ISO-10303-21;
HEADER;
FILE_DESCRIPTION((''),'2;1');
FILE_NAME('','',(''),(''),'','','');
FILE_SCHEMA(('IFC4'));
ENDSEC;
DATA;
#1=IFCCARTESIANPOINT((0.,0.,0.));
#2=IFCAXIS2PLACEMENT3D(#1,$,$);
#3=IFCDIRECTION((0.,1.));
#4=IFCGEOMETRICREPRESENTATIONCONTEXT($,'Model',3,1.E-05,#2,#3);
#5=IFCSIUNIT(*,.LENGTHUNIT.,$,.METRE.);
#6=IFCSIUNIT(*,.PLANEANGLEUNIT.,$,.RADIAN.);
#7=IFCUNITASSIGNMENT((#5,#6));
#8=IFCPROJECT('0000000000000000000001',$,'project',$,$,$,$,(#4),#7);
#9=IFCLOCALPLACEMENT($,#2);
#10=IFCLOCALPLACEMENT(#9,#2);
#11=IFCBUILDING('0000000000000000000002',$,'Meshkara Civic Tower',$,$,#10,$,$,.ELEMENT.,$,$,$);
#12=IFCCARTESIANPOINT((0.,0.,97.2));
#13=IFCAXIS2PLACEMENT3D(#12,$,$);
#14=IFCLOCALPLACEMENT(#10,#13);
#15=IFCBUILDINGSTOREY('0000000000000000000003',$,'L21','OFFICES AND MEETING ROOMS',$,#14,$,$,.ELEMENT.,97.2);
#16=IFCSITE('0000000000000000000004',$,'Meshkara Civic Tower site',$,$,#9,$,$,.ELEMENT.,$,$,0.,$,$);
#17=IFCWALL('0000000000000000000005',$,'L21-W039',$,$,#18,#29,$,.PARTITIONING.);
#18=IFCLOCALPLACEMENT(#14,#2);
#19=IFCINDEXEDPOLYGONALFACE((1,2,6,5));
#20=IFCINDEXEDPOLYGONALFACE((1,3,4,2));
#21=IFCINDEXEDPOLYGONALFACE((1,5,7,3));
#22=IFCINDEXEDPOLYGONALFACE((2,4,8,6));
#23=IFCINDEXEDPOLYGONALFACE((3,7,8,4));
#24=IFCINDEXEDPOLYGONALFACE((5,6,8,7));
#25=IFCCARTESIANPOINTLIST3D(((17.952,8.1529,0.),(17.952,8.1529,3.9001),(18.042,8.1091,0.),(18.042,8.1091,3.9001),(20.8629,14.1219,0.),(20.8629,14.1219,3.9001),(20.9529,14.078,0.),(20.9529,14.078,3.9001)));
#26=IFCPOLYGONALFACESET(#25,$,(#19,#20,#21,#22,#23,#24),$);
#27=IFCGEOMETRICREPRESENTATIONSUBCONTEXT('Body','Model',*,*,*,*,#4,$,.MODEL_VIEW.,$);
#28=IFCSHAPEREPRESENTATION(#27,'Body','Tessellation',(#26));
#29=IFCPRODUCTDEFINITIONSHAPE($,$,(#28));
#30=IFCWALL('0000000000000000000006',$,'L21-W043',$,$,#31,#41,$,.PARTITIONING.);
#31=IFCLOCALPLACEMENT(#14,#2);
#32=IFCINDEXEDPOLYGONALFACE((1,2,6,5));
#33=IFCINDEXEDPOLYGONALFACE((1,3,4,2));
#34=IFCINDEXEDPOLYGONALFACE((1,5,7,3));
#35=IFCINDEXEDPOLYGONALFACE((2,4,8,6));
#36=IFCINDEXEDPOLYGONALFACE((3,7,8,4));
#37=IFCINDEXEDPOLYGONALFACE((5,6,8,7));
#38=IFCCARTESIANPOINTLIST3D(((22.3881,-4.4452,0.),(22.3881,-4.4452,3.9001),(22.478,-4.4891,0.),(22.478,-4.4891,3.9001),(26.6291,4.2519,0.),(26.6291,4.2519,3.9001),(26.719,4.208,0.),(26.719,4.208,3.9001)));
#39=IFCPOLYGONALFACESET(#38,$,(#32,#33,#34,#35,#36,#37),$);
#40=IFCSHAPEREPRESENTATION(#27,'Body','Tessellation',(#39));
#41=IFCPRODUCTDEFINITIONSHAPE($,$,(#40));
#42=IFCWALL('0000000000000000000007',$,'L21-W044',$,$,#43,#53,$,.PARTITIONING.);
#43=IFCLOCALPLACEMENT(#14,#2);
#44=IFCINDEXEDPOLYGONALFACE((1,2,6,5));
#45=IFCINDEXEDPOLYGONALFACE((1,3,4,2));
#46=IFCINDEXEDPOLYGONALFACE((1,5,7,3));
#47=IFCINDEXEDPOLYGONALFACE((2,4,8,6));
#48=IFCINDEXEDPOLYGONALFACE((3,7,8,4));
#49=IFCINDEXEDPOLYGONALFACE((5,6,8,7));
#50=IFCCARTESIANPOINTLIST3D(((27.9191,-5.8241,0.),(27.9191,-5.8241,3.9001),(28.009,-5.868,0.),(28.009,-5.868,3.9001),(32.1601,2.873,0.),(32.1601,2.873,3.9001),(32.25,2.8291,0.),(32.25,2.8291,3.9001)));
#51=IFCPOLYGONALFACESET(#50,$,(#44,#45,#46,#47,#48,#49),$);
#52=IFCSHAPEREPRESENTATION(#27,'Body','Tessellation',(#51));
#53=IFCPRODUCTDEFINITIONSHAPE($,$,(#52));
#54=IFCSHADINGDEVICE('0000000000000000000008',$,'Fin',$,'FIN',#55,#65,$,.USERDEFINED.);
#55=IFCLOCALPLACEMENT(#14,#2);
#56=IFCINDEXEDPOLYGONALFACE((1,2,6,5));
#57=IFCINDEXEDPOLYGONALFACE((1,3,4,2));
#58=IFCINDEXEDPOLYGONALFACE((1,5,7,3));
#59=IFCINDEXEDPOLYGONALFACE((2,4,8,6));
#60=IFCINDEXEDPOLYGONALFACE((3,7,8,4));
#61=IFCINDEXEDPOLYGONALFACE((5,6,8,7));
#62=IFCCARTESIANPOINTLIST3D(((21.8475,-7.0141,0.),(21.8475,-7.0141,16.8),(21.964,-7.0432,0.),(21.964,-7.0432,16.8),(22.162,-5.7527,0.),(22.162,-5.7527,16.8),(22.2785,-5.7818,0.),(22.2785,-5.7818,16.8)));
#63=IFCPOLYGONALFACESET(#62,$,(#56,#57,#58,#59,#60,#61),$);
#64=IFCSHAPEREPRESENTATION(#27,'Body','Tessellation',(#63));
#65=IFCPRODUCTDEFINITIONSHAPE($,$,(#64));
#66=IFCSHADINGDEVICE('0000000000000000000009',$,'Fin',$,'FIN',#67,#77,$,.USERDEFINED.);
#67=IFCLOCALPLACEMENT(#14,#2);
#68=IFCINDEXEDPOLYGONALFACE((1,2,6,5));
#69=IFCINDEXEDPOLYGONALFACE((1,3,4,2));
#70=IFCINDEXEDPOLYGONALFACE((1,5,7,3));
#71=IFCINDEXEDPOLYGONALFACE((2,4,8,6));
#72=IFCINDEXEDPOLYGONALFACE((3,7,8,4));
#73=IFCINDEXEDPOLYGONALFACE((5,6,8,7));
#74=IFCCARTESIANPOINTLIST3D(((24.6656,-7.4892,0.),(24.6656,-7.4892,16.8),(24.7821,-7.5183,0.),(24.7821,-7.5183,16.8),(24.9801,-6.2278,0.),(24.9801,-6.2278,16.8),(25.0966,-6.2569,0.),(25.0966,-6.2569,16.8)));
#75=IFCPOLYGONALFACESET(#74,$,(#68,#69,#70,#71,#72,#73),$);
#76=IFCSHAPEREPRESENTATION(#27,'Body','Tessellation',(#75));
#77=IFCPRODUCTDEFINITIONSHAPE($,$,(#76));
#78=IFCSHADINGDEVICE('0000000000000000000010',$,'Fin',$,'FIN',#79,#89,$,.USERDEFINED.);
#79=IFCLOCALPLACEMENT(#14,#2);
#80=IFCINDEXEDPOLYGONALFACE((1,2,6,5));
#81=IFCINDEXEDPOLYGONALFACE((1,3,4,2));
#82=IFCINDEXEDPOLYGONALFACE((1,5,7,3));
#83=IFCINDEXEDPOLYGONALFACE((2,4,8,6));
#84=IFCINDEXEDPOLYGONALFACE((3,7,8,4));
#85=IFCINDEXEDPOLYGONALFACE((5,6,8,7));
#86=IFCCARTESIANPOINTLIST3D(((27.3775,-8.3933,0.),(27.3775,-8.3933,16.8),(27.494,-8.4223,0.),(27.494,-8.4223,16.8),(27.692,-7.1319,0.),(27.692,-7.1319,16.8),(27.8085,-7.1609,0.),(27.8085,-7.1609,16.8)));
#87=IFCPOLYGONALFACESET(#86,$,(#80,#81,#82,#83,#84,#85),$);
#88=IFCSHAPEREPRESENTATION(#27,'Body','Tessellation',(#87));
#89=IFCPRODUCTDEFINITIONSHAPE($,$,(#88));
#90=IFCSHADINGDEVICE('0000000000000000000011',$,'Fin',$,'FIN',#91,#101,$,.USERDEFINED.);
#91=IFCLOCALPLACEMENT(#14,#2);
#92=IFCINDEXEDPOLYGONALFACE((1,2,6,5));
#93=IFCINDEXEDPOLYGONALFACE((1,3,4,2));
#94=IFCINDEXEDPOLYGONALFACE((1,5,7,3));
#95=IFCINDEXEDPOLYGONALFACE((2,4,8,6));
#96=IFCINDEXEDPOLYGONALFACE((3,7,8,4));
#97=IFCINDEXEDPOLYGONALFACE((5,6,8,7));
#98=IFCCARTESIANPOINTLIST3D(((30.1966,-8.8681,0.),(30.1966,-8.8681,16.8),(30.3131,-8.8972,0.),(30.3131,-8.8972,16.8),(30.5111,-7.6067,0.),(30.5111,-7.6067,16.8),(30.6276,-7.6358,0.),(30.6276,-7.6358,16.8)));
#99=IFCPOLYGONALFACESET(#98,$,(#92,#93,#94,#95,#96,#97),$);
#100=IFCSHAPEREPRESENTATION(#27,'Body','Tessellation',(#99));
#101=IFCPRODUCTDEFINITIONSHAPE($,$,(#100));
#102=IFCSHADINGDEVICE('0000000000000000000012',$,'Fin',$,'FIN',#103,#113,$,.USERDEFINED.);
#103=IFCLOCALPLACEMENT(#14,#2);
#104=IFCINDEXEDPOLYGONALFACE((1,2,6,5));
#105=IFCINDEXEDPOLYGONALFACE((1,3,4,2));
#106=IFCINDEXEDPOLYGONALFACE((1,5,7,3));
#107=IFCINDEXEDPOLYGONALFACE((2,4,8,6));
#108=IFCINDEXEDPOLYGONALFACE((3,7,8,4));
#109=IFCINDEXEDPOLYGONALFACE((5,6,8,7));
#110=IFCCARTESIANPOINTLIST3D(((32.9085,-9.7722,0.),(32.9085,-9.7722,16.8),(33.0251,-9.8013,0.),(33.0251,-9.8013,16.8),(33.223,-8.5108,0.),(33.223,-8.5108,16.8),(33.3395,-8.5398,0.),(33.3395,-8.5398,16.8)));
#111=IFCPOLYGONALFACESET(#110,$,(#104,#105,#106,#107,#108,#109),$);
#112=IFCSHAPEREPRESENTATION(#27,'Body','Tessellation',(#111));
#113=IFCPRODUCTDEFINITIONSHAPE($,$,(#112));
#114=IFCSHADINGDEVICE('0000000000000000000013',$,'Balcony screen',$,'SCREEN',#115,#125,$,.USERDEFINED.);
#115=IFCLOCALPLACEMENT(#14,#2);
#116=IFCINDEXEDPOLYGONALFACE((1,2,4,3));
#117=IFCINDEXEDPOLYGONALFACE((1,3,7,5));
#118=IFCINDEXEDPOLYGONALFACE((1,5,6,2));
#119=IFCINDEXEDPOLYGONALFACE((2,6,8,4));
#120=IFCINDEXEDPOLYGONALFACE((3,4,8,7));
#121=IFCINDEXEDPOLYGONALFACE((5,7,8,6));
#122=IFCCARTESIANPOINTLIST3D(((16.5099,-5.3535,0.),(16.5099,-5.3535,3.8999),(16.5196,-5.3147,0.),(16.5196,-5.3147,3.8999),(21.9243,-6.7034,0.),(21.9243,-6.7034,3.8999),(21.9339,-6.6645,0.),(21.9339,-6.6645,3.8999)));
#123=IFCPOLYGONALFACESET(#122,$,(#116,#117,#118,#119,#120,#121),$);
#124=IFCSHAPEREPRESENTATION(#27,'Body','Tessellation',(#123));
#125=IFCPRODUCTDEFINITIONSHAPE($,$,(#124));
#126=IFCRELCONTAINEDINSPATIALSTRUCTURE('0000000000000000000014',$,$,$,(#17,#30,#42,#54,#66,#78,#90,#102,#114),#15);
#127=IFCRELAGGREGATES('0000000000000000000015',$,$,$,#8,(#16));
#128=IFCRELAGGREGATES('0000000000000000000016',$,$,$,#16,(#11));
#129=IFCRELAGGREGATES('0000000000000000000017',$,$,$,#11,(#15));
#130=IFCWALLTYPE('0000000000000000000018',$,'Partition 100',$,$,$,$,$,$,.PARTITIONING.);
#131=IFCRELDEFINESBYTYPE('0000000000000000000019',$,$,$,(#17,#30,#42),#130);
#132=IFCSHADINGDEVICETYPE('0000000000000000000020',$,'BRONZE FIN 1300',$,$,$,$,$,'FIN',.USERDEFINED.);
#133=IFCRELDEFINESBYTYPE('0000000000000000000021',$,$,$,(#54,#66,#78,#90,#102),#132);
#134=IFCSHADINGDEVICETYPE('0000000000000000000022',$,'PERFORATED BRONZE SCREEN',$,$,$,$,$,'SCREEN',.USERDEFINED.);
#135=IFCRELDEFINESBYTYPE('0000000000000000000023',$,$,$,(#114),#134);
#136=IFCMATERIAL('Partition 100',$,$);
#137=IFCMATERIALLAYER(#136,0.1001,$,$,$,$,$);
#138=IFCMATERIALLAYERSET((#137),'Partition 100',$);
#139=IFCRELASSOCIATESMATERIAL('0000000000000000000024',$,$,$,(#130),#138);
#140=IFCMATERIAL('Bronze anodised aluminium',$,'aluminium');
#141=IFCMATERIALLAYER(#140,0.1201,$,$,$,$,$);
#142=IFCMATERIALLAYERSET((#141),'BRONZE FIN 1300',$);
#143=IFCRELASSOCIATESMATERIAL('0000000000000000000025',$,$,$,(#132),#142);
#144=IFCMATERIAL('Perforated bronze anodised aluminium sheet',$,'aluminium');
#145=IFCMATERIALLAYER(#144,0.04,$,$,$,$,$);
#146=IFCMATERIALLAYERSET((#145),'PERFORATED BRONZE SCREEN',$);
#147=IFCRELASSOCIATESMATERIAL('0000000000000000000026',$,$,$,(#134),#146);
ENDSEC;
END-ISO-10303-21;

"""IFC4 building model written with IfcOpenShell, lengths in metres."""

from ifc_helpers import new_model, si_unit, direction, frame, frame_2d, origin, origin_2d, place, context, subcontext, project, spatial, rectangle, extrude, material, layer, layer_set, type_object, element, save


model = new_model("IFC4")

# Units and contexts
model_context = context("Model", 3, precision=1e-05, world=origin(), true_north=direction((0.0, 1.0)))
body_context = subcontext(model_context, "Body", "Model", "MODEL_VIEW")
ifc_project = project(units=[si_unit("LENGTHUNIT", "METRE"), si_unit("PLANEANGLEUNIT", "RADIAN")], contexts=[model_context])

# Site, building, storey
site_placement = place(None, origin())
site = spatial("IfcSite", under=ifc_project, at=site_placement, Name="Meshkara Civic Tower site", CompositionType="ELEMENT", RefElevation=0.0)
building_placement = place(site_placement, origin())
building = spatial("IfcBuilding", under=site, at=building_placement, Name="Meshkara Civic Tower", CompositionType="ELEMENT")
storey_placement = place(building_placement, frame((0.0, 0.0, 97.2)))
storey = spatial("IfcBuildingStorey", under=building, at=storey_placement, Name="L21", Description="OFFICES AND MEETING ROOMS", CompositionType="ELEMENT", Elevation=97.2)

# Walls
ifc_material_1 = material(Name="Partition 100")
ifc_layer_1 = layer(ifc_material_1, 0.1001)
ifc_layer_set_1 = layer_set([ifc_layer_1], Name="Partition 100")
wall_type_1 = type_object("IfcWallType", Name="Partition 100", PredefinedType="PARTITIONING", material=ifc_layer_set_1)
wall_1_placement = place(storey_placement, frame((17.9971, 8.1311, 0.0), z_axis=(0.0, 0.0, 1.0), x_axis=(0.438324, 0.898817, 0.0)))
element("IfcWall", 1, at=wall_1_placement, inside=storey, type_object=wall_type_1, Name="L21-W039", PredefinedType="PARTITIONING", context=body_context, shape_type="SweptSolid", body=[
    extrude(rectangle(XDim=6.6409, YDim=0.1001, at=frame_2d((3.3203, 0.0))), origin(), (0.0, 0.0, 1.0), 3.9001),
])
for number, where, z_axis, x_axis, name in (
    (2, (22.4331, -4.467, 0.0), (0.0, 0.0, 1.0), (0.4383, 0.898829, 0.0), "L21-W043"),
    (3, (27.9641, -5.8459, 0.0), (0.0, 0.0, 1.0), (0.4383, 0.898829, 0.0), "L21-W044"),
):
    element("IfcWall", number, at=place(storey_placement, frame(where, z_axis=z_axis, x_axis=x_axis)), inside=storey, type_object=wall_type_1, Name=name, PredefinedType="PARTITIONING", context=body_context, shape_type="SweptSolid", body=[
        extrude(rectangle(XDim=9.676, YDim=0.1001, at=frame_2d((4.8379, 0.0))), origin(), (0.0, 0.0, 1.0), 3.9001),
    ])

# Shading devices
ifc_material_2 = material(Name="Bronze anodised aluminium", Category="aluminium")
ifc_layer_2 = layer(ifc_material_2, 0.1201)
ifc_layer_set_2 = layer_set([ifc_layer_2], Name="BRONZE FIN 1300")
shading_device_type_1 = type_object("IfcShadingDeviceType", Name="BRONZE FIN 1300", ElementType="FIN", PredefinedType="USERDEFINED", material=ifc_layer_set_2)
for number, where, z_axis, x_axis, name in (
    (4, (22.063, -6.3979, 0.0), (0.0, 0.0, 1.0), (0.9703, -0.241905, 0.0), "Fin"),
    (5, (24.8811, -6.873, 0.0), (0.0, 0.0, 1.0), (0.9703, -0.241905, 0.0), "Fin"),
    (6, (27.593, -7.7771, 0.0), (0.0, 0.0, 1.0), (0.9703, -0.241905, 0.0), "Fin"),
    (7, (30.4121, -8.252, 0.0), (0.0, 0.0, 1.0), (0.9703, -0.241905, 0.0), "Fin"),
    (8, (33.124, -9.156, 0.0), (0.0, 0.0, 1.0), (0.9703, -0.241905, 0.0), "Fin"),
):
    element("IfcShadingDevice", number, at=place(storey_placement, frame(where, z_axis=z_axis, x_axis=x_axis)), inside=storey, type_object=shading_device_type_1, Name=name, ObjectType="FIN", PredefinedType="USERDEFINED", context=body_context, shape_type="SweptSolid", body=[
        extrude(rectangle(XDim=0.1201, YDim=1.3, at=origin_2d()), origin(), (0.0, 0.0, 1.0), 16.8),
    ])
ifc_material_3 = material(Name="Perforated bronze anodised aluminium sheet", Category="aluminium")
ifc_layer_3 = layer(ifc_material_3, 0.04)
ifc_layer_set_3 = layer_set([ifc_layer_3], Name="PERFORATED BRONZE SCREEN")
shading_device_type_2 = type_object("IfcShadingDeviceType", Name="PERFORATED BRONZE SCREEN", ElementType="SCREEN", PredefinedType="USERDEFINED", material=ifc_layer_set_3)
shading_device_placement = place(storey_placement, frame((19.2219, -6.009, 0.0), z_axis=(0.0, 0.0, 1.0), x_axis=(0.9703, -0.241905, 0.0)))
element("IfcShadingDevice", 9, at=shading_device_placement, inside=storey, type_object=shading_device_type_2, Name="Balcony screen", ObjectType="SCREEN", PredefinedType="USERDEFINED", context=body_context, shape_type="SweptSolid", body=[
    extrude(rectangle(XDim=5.5801, YDim=0.04, at=origin_2d()), origin(), (0.0, 0.0, 1.0), 3.8999),
])

save(model, "model.ifc")
